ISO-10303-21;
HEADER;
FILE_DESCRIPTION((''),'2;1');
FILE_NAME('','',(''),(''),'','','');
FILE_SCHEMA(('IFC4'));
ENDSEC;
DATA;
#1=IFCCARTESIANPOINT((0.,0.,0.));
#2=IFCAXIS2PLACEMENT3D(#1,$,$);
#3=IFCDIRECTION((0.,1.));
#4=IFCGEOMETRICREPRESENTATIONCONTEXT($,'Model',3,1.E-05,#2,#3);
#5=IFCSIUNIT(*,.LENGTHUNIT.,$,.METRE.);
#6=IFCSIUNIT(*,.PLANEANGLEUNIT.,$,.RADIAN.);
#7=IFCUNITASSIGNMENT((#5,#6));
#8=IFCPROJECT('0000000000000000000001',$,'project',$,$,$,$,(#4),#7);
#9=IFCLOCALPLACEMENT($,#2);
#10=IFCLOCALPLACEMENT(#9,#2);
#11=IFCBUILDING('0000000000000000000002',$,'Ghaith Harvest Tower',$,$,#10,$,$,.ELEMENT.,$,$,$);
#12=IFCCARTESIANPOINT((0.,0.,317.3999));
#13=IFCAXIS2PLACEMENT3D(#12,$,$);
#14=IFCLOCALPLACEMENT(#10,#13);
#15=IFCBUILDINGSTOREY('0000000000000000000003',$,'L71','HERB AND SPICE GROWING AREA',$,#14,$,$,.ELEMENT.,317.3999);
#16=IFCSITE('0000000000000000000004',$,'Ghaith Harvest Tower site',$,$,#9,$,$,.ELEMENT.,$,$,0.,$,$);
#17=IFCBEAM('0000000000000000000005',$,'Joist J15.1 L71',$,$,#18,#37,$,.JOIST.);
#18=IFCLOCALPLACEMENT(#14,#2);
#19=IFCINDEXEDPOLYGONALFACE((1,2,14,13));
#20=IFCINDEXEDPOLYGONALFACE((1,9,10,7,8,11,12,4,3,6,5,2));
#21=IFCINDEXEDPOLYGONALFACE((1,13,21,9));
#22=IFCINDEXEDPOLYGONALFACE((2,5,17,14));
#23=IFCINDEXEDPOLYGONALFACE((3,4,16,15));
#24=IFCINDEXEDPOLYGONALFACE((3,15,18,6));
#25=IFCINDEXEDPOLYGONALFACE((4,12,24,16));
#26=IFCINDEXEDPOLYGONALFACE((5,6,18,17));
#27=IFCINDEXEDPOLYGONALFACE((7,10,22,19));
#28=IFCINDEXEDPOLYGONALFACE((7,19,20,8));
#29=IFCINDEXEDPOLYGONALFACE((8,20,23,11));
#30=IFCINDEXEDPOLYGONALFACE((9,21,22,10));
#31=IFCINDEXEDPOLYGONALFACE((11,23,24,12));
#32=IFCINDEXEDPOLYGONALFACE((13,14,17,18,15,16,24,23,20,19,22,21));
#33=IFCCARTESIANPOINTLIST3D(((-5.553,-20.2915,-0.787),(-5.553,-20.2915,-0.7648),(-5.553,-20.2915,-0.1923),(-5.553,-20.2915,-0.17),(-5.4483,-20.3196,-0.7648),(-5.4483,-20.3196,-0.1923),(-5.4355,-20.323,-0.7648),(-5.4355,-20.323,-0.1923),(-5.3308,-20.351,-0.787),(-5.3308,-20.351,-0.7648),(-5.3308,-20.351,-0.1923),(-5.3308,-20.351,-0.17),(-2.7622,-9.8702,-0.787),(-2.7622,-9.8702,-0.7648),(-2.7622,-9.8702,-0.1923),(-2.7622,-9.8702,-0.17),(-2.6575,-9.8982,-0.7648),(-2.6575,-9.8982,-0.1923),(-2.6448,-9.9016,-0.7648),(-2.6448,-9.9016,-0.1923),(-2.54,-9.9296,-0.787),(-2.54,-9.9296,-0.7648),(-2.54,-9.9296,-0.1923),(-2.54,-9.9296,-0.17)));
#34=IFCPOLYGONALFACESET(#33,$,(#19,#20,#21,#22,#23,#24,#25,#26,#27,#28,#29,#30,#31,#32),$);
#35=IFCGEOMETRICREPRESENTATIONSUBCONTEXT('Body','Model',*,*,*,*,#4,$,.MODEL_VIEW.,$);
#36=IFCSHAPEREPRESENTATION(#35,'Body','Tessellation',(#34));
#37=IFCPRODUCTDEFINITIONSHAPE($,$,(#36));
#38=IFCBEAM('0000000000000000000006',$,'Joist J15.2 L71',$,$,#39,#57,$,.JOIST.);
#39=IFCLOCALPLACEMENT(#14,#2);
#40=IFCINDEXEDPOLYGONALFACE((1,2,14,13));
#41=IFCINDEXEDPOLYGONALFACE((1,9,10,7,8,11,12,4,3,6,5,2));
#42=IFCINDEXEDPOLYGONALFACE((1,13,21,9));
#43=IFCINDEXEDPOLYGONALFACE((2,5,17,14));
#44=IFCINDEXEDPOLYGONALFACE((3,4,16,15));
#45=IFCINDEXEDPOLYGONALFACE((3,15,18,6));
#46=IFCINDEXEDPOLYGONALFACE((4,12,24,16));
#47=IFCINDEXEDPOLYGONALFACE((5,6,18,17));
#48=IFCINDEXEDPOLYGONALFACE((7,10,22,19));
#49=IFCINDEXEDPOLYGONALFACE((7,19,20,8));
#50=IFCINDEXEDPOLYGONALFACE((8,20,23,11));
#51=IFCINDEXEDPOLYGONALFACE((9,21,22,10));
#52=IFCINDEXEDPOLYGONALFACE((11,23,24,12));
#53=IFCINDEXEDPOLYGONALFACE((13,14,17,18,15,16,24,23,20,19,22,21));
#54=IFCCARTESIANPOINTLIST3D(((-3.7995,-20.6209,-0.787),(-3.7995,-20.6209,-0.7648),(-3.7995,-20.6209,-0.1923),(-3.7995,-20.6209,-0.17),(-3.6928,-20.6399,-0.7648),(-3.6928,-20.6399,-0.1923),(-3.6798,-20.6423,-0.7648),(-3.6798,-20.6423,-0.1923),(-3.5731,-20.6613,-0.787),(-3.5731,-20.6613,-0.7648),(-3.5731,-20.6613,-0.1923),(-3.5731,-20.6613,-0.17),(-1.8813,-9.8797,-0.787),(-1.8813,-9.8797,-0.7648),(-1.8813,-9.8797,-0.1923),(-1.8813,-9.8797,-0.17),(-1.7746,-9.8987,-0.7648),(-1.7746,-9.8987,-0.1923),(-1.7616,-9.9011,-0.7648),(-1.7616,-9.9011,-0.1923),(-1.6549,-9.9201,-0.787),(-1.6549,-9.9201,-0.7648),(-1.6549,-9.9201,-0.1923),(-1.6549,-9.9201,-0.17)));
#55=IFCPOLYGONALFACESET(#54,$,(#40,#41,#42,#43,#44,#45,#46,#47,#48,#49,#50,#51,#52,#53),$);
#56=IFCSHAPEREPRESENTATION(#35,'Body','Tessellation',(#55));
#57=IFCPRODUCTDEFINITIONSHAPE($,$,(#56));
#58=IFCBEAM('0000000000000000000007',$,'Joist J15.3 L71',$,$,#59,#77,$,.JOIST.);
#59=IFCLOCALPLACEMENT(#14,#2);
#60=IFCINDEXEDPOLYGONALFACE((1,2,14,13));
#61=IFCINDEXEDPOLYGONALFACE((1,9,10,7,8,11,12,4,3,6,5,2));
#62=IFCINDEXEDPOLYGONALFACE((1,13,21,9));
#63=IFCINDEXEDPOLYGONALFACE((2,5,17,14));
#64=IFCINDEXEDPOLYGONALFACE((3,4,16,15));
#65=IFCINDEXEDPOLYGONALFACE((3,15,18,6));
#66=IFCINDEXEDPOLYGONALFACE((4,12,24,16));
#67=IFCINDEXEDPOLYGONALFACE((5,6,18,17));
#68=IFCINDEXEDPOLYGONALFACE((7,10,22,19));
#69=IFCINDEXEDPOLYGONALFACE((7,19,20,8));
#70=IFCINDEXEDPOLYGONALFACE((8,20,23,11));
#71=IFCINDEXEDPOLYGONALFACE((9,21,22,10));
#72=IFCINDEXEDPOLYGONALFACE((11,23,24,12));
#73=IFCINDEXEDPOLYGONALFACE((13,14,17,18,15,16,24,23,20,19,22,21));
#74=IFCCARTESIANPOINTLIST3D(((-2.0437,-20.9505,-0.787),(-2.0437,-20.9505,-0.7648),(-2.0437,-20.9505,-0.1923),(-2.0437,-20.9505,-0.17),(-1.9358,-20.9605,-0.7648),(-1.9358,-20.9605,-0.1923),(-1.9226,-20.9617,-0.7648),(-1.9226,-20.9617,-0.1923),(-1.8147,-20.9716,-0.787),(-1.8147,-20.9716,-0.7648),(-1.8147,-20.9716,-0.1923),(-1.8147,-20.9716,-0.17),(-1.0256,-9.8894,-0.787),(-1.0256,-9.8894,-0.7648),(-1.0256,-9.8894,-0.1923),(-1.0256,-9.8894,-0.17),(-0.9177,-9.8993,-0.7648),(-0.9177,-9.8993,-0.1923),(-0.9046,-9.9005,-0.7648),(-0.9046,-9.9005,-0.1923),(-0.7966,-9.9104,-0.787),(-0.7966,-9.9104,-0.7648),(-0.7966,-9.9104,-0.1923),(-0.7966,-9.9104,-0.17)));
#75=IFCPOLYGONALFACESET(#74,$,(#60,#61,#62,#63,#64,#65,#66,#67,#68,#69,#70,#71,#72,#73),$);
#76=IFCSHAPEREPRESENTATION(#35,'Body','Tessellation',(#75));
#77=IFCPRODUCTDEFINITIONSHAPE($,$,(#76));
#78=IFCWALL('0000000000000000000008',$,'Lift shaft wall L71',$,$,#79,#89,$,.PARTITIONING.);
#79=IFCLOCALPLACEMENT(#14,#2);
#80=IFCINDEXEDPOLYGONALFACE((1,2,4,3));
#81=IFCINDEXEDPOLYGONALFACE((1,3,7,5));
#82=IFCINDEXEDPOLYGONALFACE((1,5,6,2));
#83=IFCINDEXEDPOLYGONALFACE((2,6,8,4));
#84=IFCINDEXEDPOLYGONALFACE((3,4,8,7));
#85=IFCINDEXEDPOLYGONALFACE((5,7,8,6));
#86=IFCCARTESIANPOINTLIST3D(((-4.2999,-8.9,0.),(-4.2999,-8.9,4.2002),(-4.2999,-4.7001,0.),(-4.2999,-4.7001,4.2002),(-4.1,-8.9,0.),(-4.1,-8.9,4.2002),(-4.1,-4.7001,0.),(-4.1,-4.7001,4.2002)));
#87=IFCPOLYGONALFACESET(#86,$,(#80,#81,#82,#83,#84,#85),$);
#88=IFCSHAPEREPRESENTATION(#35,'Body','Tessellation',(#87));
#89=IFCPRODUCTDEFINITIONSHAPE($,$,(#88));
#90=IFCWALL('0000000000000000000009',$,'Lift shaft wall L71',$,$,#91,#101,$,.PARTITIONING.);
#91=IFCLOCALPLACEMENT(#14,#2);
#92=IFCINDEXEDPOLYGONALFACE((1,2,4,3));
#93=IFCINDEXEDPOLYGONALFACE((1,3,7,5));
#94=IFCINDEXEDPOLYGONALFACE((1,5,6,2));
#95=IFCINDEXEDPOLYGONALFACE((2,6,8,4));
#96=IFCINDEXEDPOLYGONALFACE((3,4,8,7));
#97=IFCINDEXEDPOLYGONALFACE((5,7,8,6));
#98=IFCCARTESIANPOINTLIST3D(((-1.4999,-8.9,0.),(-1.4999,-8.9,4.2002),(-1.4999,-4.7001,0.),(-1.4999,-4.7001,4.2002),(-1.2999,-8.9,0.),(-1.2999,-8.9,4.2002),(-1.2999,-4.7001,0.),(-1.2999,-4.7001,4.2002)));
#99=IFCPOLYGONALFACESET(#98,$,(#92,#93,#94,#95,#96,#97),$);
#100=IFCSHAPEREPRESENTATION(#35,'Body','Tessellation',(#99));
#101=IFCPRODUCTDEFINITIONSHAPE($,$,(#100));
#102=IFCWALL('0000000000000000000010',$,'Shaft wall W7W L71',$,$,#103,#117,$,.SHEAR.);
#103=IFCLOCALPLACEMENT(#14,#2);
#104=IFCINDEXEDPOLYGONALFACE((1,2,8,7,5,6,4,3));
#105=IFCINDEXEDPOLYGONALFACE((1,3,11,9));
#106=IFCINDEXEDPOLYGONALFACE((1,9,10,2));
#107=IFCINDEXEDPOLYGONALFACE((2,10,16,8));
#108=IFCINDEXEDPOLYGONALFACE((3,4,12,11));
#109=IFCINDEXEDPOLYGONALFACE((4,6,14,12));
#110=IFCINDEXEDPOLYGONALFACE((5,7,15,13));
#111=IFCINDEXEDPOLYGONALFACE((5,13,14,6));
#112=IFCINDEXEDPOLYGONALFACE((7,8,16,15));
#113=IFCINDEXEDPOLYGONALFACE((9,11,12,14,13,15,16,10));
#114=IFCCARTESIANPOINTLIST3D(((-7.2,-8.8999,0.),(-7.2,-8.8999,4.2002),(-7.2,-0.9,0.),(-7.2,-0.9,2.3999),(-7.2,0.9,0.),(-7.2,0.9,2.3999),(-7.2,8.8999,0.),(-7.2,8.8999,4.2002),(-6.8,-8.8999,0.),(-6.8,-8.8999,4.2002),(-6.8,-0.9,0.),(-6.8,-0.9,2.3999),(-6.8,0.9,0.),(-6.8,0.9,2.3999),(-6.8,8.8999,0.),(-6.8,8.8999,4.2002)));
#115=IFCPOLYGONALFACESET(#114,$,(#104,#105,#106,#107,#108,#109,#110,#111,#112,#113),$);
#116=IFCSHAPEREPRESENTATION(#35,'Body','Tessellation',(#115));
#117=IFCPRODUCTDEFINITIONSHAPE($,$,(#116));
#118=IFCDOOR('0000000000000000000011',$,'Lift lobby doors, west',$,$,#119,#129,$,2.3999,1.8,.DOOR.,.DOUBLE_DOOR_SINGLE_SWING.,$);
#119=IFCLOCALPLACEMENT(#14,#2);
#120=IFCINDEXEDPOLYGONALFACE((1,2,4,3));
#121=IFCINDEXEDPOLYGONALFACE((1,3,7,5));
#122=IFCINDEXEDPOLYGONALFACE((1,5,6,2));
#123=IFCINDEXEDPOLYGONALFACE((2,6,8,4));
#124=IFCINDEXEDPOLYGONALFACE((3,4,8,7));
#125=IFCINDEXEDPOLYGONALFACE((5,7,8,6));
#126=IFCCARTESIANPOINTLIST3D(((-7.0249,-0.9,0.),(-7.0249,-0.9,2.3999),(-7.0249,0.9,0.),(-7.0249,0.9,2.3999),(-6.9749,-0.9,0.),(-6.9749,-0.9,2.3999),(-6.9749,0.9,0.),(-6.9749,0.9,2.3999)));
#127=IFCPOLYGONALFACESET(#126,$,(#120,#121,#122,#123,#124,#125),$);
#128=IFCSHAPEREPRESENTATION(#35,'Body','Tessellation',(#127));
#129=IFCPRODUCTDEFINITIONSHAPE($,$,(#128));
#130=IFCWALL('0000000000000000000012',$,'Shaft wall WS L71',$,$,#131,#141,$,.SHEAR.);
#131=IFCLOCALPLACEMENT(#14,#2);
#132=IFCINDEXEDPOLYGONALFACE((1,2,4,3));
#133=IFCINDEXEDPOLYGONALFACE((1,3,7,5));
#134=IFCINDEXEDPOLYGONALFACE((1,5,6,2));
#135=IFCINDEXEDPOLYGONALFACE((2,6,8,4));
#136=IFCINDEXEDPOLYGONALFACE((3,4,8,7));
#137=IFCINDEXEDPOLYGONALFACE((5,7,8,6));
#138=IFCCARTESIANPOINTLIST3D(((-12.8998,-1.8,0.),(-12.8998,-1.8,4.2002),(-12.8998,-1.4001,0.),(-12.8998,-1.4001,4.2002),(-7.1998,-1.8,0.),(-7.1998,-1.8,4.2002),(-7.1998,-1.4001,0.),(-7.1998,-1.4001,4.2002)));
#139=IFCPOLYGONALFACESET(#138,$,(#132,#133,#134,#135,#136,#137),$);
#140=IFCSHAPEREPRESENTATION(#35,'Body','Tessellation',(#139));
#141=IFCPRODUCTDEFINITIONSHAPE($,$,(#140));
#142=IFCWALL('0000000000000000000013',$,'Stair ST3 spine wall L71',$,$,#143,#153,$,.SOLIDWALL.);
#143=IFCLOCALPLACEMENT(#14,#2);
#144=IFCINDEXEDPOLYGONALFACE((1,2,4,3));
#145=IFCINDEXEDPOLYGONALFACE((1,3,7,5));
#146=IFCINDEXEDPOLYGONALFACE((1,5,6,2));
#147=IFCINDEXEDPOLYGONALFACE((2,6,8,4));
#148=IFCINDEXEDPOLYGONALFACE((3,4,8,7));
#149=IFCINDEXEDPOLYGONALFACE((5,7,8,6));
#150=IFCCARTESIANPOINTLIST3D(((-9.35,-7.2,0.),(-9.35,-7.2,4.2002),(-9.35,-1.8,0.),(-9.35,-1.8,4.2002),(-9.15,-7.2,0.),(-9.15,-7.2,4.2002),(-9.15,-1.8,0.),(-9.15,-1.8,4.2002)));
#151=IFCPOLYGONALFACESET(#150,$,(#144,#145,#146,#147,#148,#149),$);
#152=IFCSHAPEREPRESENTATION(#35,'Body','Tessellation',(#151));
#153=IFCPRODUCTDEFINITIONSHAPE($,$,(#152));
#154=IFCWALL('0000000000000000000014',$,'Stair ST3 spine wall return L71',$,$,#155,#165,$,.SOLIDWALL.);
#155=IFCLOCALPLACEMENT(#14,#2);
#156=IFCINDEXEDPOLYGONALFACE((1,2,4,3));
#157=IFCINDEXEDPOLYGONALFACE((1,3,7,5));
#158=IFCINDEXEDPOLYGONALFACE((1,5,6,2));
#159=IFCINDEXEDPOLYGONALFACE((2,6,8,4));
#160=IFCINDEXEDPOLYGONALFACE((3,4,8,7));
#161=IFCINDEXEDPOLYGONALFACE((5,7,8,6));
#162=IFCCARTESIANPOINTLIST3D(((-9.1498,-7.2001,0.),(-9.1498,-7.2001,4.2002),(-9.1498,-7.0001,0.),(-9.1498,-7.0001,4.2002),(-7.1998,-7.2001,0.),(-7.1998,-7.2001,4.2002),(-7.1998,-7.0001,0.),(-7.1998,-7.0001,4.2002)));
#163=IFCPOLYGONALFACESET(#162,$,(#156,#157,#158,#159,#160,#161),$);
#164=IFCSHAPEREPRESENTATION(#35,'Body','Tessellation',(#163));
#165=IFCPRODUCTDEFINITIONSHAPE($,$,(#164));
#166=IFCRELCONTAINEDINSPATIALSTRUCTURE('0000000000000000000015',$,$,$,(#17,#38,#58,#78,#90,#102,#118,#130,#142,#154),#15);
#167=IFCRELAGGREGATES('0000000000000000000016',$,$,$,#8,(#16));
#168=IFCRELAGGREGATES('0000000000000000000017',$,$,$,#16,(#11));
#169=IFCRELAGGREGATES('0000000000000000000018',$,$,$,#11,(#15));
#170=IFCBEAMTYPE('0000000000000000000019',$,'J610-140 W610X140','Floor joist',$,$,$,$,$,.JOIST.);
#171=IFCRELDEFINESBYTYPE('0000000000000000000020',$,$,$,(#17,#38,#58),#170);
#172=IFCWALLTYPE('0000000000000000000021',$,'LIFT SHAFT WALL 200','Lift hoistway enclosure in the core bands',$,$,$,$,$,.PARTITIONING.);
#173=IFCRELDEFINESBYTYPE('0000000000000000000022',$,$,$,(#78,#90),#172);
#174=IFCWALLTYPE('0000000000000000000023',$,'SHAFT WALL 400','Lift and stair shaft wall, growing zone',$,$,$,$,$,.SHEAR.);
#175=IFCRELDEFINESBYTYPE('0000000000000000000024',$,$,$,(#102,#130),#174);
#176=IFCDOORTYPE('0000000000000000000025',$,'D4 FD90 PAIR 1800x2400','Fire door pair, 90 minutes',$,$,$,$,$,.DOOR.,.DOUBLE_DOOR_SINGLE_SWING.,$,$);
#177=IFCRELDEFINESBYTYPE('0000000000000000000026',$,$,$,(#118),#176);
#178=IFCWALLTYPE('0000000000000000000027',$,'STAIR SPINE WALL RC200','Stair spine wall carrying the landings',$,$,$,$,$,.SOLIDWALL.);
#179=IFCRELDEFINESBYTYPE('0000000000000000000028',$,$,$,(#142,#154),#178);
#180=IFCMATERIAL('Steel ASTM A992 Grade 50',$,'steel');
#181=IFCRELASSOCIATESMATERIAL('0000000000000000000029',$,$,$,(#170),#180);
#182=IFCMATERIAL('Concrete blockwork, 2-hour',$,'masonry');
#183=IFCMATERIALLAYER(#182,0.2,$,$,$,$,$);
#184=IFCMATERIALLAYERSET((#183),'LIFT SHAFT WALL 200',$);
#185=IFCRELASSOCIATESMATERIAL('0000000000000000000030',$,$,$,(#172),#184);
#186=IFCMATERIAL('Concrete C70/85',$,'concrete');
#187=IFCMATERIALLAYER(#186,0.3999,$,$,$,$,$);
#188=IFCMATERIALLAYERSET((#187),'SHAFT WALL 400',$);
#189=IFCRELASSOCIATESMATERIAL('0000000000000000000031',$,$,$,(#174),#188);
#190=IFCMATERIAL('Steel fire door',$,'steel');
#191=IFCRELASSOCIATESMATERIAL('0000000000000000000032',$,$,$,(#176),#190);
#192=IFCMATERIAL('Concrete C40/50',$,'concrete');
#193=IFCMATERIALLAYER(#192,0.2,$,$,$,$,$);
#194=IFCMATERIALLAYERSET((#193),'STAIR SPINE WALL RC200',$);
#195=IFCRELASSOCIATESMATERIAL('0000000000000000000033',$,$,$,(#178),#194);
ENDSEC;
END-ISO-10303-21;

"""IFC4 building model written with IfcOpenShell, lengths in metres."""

from ifc_helpers import new_model, si_unit, direction, frame, frame_2d, origin, origin_2d, place, context, subcontext, project, spatial, rectangle, i_section, extrude, material, layer, layer_set, material_profile, profile_set, type_object, element, fill, save


model = new_model("IFC4")

# Units and contexts
model_context = context("Model", 3, precision=1e-05, world=origin(), true_north=direction((0.0, 1.0)))
body_context = subcontext(model_context, "Body", "Model", "MODEL_VIEW")
ifc_project = project(units=[si_unit("LENGTHUNIT", "METRE"), si_unit("PLANEANGLEUNIT", "RADIAN")], contexts=[model_context])

# Site, building, storey
site_placement = place(None, origin())
site = spatial("IfcSite", under=ifc_project, at=site_placement, Name="Ghaith Harvest Tower site", CompositionType="ELEMENT", RefElevation=0.0)
building_placement = place(site_placement, origin())
building = spatial("IfcBuilding", under=site, at=building_placement, Name="Ghaith Harvest Tower", CompositionType="ELEMENT")
storey_placement = place(building_placement, frame((0.0, 0.0, 317.3999)))
storey = spatial("IfcBuildingStorey", under=building, at=storey_placement, Name="L71", Description="HERB AND SPICE GROWING AREA", CompositionType="ELEMENT", Elevation=317.3999)

# Beams
ifc_material_1 = material(Name="Steel ASTM A992 Grade 50", Category="steel")
ifc_material_profile_1 = material_profile(ifc_material_1, i_section(OverallWidth=0.23, OverallDepth=0.6169, WebThickness=0.0132, FlangeThickness=0.0222, at=origin_2d()), Name="W610X140")
ifc_profile_set_1 = profile_set([ifc_material_profile_1], Name="Steel ASTM A992 Grade 50")
beam_type_1 = type_object("IfcBeamType", Name="J610-140 W610X140", Description="Floor joist", PredefinedType="JOIST", material=ifc_profile_set_1)
beam_1_placement = place(storey_placement, frame((-2.6511, -9.8999, -0.4785), z_axis=(-0.258678, -0.965964, 0.0), x_axis=(0.965964, -0.258678, 0.0)))
element("IfcBeam", 1, at=beam_1_placement, inside=storey, type_object=beam_type_1, Name="Joist J15.1 L71", PredefinedType="JOIST", context=body_context, shape_type="SweptSolid", body=[
    extrude(i_section(OverallWidth=0.23, OverallDepth=0.6169, WebThickness=0.0132, FlangeThickness=0.0222, at=origin_2d()), origin(), (0.0, 0.0, 1.0), 10.7886),
])
beam_2_placement = place(storey_placement, frame((-1.7681, -9.8999, -0.4785), z_axis=(-0.175803, -0.984425, 0.0), x_axis=(0.984425, -0.175803, 0.0)))
element("IfcBeam", 2, at=beam_2_placement, inside=storey, type_object=beam_type_1, Name="Joist J15.2 L71", PredefinedType="JOIST", context=body_context, shape_type="SweptSolid", body=[
    extrude(i_section(OverallWidth=0.23, OverallDepth=0.6169, WebThickness=0.0132, FlangeThickness=0.0222, at=origin_2d()), origin(), (0.0, 0.0, 1.0), 10.9111),
])
beam_3_placement = place(storey_placement, frame((-0.9111, -9.8999, -0.4785), z_axis=(-0.091651, -0.995791, 0.0), x_axis=(0.995791, -0.091651, 0.0)))
element("IfcBeam", 3, at=beam_3_placement, inside=storey, type_object=beam_type_1, Name="Joist J15.3 L71", PredefinedType="JOIST", context=body_context, shape_type="SweptSolid", body=[
    extrude(i_section(OverallWidth=0.23, OverallDepth=0.6169, WebThickness=0.0132, FlangeThickness=0.0222, at=origin_2d()), origin(), (0.0, 0.0, 1.0), 11.1079),
])

# Walls
ifc_material_2 = material(Name="Concrete blockwork, 2-hour", Category="masonry")
ifc_layer_1 = layer(ifc_material_2, 0.2)
ifc_layer_set_1 = layer_set([ifc_layer_1], Name="LIFT SHAFT WALL 200")
wall_type_1 = type_object("IfcWallType", Name="LIFT SHAFT WALL 200", Description="Lift hoistway enclosure in the core bands", PredefinedType="PARTITIONING", material=ifc_layer_set_1)
for number, where, z_axis, x_axis, name in (
    (4, (-4.2, -4.7, 0.0), (0.0, 0.0, 1.0), (0.0, -1.0, 0.0), "Lift shaft wall L71"),
    (5, (-1.3999, -4.7, 0.0), (0.0, 0.0, 1.0), (0.0, -1.0, 0.0), "Lift shaft wall L71"),
):
    element("IfcWall", number, at=place(storey_placement, frame(where, z_axis=z_axis, x_axis=x_axis)), inside=storey, type_object=wall_type_1, Name=name, PredefinedType="PARTITIONING", context=body_context, shape_type="SweptSolid", body=[
        extrude(rectangle(XDim=4.2, YDim=0.2, at=frame_2d((2.1001, 0.0))), origin(), (0.0, 0.0, 1.0), 4.2002),
    ])

# Wall, opening, door
ifc_material_3 = material(Name="Concrete C70/85", Category="concrete")
ifc_layer_2 = layer(ifc_material_3, 0.3999)
ifc_layer_set_2 = layer_set([ifc_layer_2], Name="SHAFT WALL 400")
wall_type_2 = type_object("IfcWallType", Name="SHAFT WALL 400", Description="Lift and stair shaft wall, growing zone", PredefinedType="SHEAR", material=ifc_layer_set_2)
wall_1_placement = place(storey_placement, frame((-7.0, -8.8999, 0.0), z_axis=(0.0, 0.0, 1.0), x_axis=(0.0, 1.0, 0.0)))
wall_1 = element("IfcWall", 6, at=wall_1_placement, inside=storey, type_object=wall_type_2, Name="Shaft wall W7W L71", PredefinedType="SHEAR", context=body_context, shape_type="SweptSolid", body=[
    extrude(rectangle(XDim=17.7998, YDim=0.3999, at=frame_2d((8.8999, 0.0))), origin(), (0.0, 0.0, 1.0), 4.2002),
])
opening_1_placement = place(wall_1_placement, frame((8.0, 0.0, 0.0)))
opening_1 = element("IfcOpeningElement", 7, at=opening_1_placement, cuts=wall_1, PredefinedType="OPENING", context=body_context, shape_type="SweptSolid", body=[
    extrude(rectangle(XDim=1.8, YDim=2.3999, at=frame_2d((0.8999, 1.2))), frame((0.0, 0.21, 0.0), z_axis=(0.0, -1.0, 0.0), x_axis=(1.0, 0.0, 0.0)), (0.0, 0.0, 1.0), 0.4199),
])
ifc_material_4 = material(Name="Steel fire door", Category="steel")
door_type_1 = type_object("IfcDoorType", Name="D4 FD90 PAIR 1800x2400", Description="Fire door pair, 90 minutes", OperationType="DOUBLE_DOOR_SINGLE_SWING", PredefinedType="DOOR", material=ifc_material_4)
door_1_placement = place(opening_1_placement, origin())
door_1 = element("IfcDoor", 8, at=door_1_placement, inside=storey, type_object=door_type_1, Name="Lift lobby doors, west", OperationType="DOUBLE_DOOR_SINGLE_SWING", OverallHeight=2.3999, OverallWidth=1.8, PredefinedType="DOOR", context=body_context, shape_type="SweptSolid", body=[
    extrude(rectangle(XDim=1.8, YDim=2.3999, at=frame_2d((0.8999, 1.2))), frame((0.0, 0.0249, 0.0), z_axis=(0.0, -1.0, 0.0), x_axis=(1.0, 0.0, 0.0)), (0.0, 0.0, 1.0), 0.05),
])
fill(opening_1, door_1)

# Walls
wall_2_placement = place(storey_placement, frame((-12.8999, -1.6001, 0.0), z_axis=(0.0, 0.0, 1.0), x_axis=(1.0, 0.0, 0.0)))
element("IfcWall", 9, at=wall_2_placement, inside=storey, type_object=wall_type_2, Name="Shaft wall WS L71", PredefinedType="SHEAR", context=body_context, shape_type="SweptSolid", body=[
    extrude(rectangle(XDim=5.7, YDim=0.3999, at=frame_2d((2.8501, 0.0))), origin(), (0.0, 0.0, 1.0), 4.2002),
])
ifc_material_5 = material(Name="Concrete C40/50", Category="concrete")
ifc_layer_3 = layer(ifc_material_5, 0.2)
ifc_layer_set_3 = layer_set([ifc_layer_3], Name="STAIR SPINE WALL RC200")
wall_type_3 = type_object("IfcWallType", Name="STAIR SPINE WALL RC200", Description="Stair spine wall carrying the landings", PredefinedType="SOLIDWALL", material=ifc_layer_set_3)
wall_3_placement = place(storey_placement, frame((-9.25, -7.2, 0.0), z_axis=(0.0, 0.0, 1.0), x_axis=(0.0, 1.0, 0.0)))
element("IfcWall", 10, at=wall_3_placement, inside=storey, type_object=wall_type_3, Name="Stair ST3 spine wall L71", PredefinedType="SOLIDWALL", context=body_context, shape_type="SweptSolid", body=[
    extrude(rectangle(XDim=5.3999, YDim=0.2, at=frame_2d((2.7, 0.0))), origin(), (0.0, 0.0, 1.0), 4.2002),
])
wall_4_placement = place(storey_placement, frame((-9.1499, -7.1001, 0.0), z_axis=(0.0, 0.0, 1.0), x_axis=(1.0, 0.0, 0.0)))
element("IfcWall", 11, at=wall_4_placement, inside=storey, type_object=wall_type_3, Name="Stair ST3 spine wall return L71", PredefinedType="SOLIDWALL", context=body_context, shape_type="SweptSolid", body=[
    extrude(rectangle(XDim=1.95, YDim=0.2, at=frame_2d((0.9751, 0.0))), origin(), (0.0, 0.0, 1.0), 4.2002),
])

save(model, "model.ifc")
